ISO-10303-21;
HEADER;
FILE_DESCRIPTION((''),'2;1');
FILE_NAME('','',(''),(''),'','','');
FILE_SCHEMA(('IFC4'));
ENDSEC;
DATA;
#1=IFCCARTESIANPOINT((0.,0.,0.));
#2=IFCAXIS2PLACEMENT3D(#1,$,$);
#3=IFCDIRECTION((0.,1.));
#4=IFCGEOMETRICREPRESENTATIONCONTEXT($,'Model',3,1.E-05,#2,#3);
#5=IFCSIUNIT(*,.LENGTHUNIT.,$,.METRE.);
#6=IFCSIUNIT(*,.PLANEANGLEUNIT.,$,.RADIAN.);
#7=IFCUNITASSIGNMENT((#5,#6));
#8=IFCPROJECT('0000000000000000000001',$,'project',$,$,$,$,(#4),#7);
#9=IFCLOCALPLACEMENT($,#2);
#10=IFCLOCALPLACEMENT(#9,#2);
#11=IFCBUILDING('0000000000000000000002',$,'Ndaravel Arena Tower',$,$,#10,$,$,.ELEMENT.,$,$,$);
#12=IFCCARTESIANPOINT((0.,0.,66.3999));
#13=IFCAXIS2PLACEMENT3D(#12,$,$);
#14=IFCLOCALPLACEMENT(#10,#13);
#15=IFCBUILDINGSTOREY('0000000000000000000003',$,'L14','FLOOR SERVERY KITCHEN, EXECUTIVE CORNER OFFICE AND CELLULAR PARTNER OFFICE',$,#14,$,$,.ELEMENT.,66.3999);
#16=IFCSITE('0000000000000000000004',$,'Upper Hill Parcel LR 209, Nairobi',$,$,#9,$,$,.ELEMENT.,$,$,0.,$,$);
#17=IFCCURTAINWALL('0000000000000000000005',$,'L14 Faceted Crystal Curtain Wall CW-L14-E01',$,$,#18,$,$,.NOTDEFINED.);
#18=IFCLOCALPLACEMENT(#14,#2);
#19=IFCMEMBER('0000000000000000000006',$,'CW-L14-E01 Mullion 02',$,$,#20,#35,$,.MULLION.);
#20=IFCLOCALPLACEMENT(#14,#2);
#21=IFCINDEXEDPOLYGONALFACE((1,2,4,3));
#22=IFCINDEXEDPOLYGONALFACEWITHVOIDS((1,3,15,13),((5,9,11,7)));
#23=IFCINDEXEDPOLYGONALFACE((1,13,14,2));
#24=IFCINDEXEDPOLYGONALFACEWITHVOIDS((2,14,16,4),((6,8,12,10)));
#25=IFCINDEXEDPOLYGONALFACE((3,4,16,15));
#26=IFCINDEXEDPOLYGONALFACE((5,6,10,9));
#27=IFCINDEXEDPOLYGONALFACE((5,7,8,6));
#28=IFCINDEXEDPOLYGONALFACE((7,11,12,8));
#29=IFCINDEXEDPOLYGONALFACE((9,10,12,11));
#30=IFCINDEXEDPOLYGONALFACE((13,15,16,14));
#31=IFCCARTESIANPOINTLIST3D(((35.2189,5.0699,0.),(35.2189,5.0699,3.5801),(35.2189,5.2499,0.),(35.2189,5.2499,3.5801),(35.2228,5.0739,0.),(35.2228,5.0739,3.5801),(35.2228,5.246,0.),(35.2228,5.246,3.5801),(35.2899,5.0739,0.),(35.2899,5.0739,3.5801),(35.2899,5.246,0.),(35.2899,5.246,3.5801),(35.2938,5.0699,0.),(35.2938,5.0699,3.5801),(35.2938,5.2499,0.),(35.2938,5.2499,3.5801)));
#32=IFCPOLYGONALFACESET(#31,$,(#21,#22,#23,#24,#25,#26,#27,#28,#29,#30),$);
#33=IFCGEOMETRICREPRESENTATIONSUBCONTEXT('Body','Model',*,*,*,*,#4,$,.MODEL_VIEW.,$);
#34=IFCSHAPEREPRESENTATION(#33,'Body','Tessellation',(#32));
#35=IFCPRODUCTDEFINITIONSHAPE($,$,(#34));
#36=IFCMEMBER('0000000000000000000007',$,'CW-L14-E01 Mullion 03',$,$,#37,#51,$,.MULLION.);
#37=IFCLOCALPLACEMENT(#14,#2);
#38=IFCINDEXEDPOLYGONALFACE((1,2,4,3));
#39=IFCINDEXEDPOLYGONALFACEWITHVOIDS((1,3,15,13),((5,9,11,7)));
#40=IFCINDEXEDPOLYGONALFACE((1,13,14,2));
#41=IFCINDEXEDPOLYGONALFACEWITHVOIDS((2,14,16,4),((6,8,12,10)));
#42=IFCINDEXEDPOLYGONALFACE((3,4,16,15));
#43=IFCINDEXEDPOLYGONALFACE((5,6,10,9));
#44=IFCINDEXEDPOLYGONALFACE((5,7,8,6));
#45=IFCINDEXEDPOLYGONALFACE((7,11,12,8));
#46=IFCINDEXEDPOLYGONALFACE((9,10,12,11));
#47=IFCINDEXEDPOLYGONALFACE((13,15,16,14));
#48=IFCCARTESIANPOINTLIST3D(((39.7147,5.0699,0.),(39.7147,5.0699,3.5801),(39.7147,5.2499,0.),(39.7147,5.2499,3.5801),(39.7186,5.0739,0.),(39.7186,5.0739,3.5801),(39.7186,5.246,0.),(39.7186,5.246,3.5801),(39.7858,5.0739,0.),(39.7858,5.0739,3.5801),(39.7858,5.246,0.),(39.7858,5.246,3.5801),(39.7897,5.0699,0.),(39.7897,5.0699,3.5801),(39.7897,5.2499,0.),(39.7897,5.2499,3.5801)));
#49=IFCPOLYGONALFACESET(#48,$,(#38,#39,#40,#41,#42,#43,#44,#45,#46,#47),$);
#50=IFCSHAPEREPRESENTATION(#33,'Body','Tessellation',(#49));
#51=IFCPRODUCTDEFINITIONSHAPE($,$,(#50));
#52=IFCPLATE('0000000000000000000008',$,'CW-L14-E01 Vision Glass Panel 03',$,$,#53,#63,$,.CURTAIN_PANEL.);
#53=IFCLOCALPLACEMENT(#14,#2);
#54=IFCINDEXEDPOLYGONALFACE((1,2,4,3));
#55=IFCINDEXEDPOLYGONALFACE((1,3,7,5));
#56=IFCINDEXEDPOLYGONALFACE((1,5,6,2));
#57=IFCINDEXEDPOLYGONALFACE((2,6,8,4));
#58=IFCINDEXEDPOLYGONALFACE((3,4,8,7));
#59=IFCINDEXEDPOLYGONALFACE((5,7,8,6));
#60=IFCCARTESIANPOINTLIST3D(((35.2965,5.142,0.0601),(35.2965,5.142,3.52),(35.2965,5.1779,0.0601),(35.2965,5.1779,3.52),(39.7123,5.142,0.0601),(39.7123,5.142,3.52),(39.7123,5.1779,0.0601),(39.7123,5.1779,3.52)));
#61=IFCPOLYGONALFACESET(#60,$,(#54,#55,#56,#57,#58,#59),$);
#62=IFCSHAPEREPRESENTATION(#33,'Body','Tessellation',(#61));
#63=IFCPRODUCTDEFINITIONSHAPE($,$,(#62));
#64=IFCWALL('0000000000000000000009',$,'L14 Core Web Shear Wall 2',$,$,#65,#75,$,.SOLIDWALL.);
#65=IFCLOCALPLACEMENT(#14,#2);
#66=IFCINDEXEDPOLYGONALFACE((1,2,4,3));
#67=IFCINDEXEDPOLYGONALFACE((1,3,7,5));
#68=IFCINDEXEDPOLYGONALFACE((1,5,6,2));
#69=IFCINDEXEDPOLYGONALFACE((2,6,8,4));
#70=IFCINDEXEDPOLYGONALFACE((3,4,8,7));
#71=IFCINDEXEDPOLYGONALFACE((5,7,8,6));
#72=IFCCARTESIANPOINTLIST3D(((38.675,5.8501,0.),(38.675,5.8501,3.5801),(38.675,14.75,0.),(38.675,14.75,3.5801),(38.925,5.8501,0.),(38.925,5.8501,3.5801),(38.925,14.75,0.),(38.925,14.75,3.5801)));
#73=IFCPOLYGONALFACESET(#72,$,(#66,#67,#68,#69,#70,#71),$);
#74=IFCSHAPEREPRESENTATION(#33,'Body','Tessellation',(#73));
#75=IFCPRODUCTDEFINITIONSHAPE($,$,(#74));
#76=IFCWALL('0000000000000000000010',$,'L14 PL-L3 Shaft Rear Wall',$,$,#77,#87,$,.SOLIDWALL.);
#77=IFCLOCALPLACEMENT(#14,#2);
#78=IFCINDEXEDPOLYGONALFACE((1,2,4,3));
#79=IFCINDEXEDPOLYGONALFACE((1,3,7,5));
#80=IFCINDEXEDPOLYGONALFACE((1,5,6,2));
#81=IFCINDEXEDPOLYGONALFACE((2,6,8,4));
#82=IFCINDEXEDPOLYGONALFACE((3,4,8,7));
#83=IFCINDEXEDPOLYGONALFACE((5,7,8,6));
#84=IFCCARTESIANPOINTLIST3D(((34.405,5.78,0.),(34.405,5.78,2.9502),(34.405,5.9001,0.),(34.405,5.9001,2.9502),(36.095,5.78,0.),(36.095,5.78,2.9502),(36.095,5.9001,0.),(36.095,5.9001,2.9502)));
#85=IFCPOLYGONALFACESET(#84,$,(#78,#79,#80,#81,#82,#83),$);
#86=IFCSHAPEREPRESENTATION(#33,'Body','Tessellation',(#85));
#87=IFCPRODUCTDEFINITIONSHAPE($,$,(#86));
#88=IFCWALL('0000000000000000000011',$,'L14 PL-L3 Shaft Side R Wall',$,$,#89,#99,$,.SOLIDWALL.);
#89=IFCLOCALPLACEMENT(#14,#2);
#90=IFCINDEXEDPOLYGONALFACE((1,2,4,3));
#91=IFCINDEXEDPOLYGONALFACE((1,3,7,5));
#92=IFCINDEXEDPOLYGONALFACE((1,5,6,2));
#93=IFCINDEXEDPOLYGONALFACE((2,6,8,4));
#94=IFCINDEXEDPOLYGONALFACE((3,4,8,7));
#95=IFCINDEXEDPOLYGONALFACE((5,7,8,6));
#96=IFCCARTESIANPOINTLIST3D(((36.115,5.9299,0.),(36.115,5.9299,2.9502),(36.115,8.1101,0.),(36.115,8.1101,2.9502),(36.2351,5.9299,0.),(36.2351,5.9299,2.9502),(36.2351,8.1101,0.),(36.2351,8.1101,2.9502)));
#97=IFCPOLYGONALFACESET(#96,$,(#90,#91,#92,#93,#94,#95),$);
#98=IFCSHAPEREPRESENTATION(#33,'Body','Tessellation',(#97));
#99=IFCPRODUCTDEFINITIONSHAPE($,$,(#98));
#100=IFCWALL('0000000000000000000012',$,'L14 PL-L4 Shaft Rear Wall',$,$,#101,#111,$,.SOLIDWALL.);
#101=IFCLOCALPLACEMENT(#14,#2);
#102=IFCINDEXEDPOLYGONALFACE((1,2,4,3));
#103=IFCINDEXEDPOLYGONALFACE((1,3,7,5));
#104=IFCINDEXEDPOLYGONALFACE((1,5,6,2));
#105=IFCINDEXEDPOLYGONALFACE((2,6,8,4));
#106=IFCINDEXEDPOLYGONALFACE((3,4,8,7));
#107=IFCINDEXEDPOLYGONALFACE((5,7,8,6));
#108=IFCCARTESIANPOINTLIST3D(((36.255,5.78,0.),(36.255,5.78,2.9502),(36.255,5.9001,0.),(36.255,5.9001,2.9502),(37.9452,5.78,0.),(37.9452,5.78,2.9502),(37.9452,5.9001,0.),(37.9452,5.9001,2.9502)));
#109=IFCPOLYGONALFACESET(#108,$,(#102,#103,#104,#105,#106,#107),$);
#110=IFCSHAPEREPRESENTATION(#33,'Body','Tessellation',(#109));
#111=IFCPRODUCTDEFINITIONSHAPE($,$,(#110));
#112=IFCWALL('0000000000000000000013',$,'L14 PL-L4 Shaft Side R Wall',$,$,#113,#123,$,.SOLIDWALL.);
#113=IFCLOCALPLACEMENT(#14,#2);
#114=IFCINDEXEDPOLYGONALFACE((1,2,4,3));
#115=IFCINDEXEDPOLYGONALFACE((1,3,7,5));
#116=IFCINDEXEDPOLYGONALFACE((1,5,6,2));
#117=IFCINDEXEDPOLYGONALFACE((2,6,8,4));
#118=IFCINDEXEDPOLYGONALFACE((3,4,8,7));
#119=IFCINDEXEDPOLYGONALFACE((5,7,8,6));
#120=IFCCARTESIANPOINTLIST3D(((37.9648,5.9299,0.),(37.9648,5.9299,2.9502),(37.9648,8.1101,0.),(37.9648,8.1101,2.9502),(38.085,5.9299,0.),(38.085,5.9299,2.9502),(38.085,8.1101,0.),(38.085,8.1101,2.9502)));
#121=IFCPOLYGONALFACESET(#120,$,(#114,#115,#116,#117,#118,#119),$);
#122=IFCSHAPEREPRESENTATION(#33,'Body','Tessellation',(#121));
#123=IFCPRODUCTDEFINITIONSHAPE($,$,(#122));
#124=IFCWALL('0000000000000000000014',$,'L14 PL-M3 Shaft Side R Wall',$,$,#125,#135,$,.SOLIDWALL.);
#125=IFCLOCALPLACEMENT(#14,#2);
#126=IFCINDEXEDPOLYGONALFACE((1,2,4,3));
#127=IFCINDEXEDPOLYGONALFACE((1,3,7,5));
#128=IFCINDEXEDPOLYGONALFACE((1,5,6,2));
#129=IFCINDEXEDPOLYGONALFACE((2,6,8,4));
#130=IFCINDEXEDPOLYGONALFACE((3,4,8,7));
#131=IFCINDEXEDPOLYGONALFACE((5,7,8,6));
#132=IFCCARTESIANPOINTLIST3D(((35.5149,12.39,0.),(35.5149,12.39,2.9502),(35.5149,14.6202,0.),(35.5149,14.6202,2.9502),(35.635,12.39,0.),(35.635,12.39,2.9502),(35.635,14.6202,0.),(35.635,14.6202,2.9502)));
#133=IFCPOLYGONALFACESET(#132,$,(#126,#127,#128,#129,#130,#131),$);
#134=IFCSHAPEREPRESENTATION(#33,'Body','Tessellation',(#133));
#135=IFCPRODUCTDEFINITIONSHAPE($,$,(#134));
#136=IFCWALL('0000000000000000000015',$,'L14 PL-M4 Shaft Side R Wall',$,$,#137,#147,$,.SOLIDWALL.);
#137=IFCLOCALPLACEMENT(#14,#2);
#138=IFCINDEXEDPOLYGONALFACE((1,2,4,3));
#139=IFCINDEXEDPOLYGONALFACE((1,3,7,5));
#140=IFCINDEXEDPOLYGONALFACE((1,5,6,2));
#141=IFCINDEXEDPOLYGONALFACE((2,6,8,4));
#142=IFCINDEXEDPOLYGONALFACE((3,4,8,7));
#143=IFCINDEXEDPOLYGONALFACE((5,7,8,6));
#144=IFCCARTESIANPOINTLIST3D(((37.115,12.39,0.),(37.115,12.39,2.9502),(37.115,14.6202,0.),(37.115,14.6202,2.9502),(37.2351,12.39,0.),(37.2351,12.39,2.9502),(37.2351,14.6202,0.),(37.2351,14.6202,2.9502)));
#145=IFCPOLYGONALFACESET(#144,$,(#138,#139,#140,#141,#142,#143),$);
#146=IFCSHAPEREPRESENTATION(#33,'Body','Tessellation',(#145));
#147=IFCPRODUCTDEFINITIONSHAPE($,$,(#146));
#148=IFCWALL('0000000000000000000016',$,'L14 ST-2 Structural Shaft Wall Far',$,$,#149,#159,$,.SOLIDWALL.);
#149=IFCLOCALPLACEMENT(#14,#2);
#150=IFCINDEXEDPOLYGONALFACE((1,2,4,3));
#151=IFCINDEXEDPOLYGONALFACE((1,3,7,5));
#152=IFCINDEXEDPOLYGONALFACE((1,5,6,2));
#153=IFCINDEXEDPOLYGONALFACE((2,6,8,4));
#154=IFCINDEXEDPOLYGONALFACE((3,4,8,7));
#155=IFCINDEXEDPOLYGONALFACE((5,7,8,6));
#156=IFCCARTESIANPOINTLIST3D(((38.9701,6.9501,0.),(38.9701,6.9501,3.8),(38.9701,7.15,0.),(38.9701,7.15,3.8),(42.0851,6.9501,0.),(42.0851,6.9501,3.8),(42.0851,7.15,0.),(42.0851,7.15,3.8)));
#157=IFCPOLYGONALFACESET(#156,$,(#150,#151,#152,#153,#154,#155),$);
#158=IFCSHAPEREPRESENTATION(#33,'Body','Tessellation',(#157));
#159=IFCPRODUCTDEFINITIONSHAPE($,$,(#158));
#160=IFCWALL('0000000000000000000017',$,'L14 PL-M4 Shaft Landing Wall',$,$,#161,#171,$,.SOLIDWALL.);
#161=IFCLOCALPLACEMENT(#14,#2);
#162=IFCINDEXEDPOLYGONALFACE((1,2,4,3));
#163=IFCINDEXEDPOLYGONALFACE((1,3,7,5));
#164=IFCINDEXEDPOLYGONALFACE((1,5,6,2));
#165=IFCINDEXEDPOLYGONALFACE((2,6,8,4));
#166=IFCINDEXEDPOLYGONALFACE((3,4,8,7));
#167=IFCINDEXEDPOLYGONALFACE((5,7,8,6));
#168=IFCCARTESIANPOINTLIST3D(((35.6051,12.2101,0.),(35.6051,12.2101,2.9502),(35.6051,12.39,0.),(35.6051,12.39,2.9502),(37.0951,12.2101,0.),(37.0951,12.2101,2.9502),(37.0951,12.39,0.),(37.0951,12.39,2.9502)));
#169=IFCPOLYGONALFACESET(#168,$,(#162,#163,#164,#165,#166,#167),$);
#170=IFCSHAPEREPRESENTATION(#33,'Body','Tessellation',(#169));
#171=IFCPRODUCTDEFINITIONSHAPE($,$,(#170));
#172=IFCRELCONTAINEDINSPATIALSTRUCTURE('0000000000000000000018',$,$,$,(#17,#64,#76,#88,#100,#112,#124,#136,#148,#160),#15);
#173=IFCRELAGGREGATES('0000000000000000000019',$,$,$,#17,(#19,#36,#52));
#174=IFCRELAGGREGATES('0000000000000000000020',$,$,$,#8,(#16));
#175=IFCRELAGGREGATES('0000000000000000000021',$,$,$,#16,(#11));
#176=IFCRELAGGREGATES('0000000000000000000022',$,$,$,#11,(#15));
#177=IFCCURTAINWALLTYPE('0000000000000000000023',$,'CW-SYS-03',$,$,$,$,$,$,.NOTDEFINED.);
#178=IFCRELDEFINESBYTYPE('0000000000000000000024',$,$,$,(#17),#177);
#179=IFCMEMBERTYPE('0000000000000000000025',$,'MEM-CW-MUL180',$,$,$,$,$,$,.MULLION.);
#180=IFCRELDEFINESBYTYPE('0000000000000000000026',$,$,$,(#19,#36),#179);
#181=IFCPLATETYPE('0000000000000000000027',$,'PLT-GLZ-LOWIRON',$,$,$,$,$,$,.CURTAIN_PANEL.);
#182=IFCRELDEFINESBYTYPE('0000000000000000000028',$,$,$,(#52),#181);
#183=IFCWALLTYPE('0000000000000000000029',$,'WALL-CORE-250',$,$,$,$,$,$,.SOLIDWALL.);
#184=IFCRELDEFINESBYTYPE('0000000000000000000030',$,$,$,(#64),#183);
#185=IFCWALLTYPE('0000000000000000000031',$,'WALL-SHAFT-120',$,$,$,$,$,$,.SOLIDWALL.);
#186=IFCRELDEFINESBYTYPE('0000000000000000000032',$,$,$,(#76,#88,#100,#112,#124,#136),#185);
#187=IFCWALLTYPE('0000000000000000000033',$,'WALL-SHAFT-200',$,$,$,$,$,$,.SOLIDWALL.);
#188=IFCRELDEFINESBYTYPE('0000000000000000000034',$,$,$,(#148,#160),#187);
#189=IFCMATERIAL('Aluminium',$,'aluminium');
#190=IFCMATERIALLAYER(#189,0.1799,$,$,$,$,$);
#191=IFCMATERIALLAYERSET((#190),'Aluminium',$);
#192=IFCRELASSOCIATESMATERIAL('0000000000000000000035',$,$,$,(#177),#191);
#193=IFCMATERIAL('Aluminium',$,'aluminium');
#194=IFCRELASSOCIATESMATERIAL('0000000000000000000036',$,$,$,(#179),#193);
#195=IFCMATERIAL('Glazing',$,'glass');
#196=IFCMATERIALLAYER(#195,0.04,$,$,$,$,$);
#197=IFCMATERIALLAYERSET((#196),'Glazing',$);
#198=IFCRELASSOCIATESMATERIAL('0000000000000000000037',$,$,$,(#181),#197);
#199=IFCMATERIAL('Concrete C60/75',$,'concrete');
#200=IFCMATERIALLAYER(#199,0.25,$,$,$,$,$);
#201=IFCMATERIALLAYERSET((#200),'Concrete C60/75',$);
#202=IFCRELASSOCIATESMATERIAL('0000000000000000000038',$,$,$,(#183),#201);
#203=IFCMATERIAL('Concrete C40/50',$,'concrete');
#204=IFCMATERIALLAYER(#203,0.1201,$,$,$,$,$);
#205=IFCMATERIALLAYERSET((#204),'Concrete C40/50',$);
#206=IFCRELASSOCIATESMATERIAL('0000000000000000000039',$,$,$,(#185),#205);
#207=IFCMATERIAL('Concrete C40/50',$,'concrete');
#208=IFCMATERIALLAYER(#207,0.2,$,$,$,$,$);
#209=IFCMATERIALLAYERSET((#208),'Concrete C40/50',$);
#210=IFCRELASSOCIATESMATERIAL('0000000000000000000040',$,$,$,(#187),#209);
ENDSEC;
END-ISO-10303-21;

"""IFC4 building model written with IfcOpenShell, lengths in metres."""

from ifc_helpers import new_model, si_unit, direction, frame, frame_2d, origin, origin_2d, place, context, subcontext, project, spatial, rectangle, hollow_rectangle, extrude, material, layer, layer_set, material_profile, profile_set, type_object, element, aggregate, save


model = new_model("IFC4")

# Units and contexts
model_context = context("Model", 3, precision=1e-05, world=origin(), true_north=direction((0.0, 1.0)))
body_context = subcontext(model_context, "Body", "Model", "MODEL_VIEW")
ifc_project = project(units=[si_unit("LENGTHUNIT", "METRE"), si_unit("PLANEANGLEUNIT", "RADIAN")], contexts=[model_context])

# Site, building, storey
site_placement = place(None, origin())
site = spatial("IfcSite", under=ifc_project, at=site_placement, Name="Upper Hill Parcel LR 209, Nairobi", CompositionType="ELEMENT", RefElevation=0.0)
building_placement = place(site_placement, origin())
building = spatial("IfcBuilding", under=site, at=building_placement, Name="Ndaravel Arena Tower", CompositionType="ELEMENT")
storey_placement = place(building_placement, frame((0.0, 0.0, 66.3999)))
storey = spatial("IfcBuildingStorey", under=building, at=storey_placement, Name="L14", Description="FLOOR SERVERY KITCHEN, EXECUTIVE CORNER OFFICE AND CELLULAR PARTNER OFFICE", CompositionType="ELEMENT", Elevation=66.3999)

# Curtain wall, members, plate
ifc_material_1 = material(Name="Aluminium", Category="aluminium")
ifc_layer_1 = layer(ifc_material_1, 0.1799)
ifc_layer_set_1 = layer_set([ifc_layer_1], Name="Aluminium")
curtain_wall_type = type_object("IfcCurtainWallType", Name="CW-SYS-03", PredefinedType="NOTDEFINED", material=ifc_layer_set_1)
curtain_wall_placement = place(storey_placement, origin())
curtain_wall = element("IfcCurtainWall", 1, at=curtain_wall_placement, inside=storey, type_object=curtain_wall_type, Name="L14 Faceted Crystal Curtain Wall CW-L14-E01", PredefinedType="NOTDEFINED")
ifc_material_2 = material(Name="Aluminium", Category="aluminium")
ifc_material_profile = material_profile(ifc_material_2, hollow_rectangle(XDim=0.075, YDim=0.1799, WallThickness=0.0039, at=origin_2d()), Name="CW MULLION 75x180x4")
ifc_profile_set = profile_set([ifc_material_profile], Name="Aluminium")
member_type = type_object("IfcMemberType", Name="MEM-CW-MUL180", PredefinedType="MULLION", material=ifc_profile_set)
member_1_placement = place(storey_placement, frame((35.2563, 5.1599, 0.0), z_axis=(0.0, 0.0, 1.0), x_axis=(1.0, 0.0, 0.0)))
member_1 = element("IfcMember", 2, at=member_1_placement, type_object=member_type, Name="CW-L14-E01 Mullion 02", PredefinedType="MULLION", context=body_context, shape_type="SweptSolid", body=[
    extrude(hollow_rectangle(XDim=0.075, YDim=0.1799, WallThickness=0.0039, at=origin_2d()), origin(), (0.0, 0.0, 1.0), 3.5801),
])
member_2_placement = place(storey_placement, frame((39.7522, 5.1599, 0.0), z_axis=(0.0, 0.0, 1.0), x_axis=(1.0, 0.0, 0.0)))
member_2 = element("IfcMember", 3, at=member_2_placement, type_object=member_type, Name="CW-L14-E01 Mullion 03", PredefinedType="MULLION", context=body_context, shape_type="SweptSolid", body=[
    extrude(hollow_rectangle(XDim=0.075, YDim=0.1799, WallThickness=0.0039, at=origin_2d()), origin(), (0.0, 0.0, 1.0), 3.5801),
])
ifc_material_3 = material(Name="Glazing", Category="glass")
ifc_layer_2 = layer(ifc_material_3, 0.04)
ifc_layer_set_2 = layer_set([ifc_layer_2], Name="Glazing")
plate_type = type_object("IfcPlateType", Name="PLT-GLZ-LOWIRON", PredefinedType="CURTAIN_PANEL", material=ifc_layer_set_2)
plate_placement = place(storey_placement, frame((37.5044, 5.1599, 0.0601), z_axis=(0.0, 0.0, 1.0), x_axis=(1.0, 0.0, 0.0)))
plate = element("IfcPlate", 4, at=plate_placement, type_object=plate_type, Name="CW-L14-E01 Vision Glass Panel 03", PredefinedType="CURTAIN_PANEL", context=body_context, shape_type="SweptSolid", body=[
    extrude(rectangle(XDim=4.4158, YDim=0.0359, at=origin_2d()), origin(), (0.0, 0.0, 1.0), 3.46),
])
aggregate(curtain_wall, [member_1, member_2, plate])

# Walls
ifc_material_4 = material(Name="Concrete C60/75", Category="concrete")
ifc_layer_3 = layer(ifc_material_4, 0.25)
ifc_layer_set_3 = layer_set([ifc_layer_3], Name="Concrete C60/75")
wall_type_1 = type_object("IfcWallType", Name="WALL-CORE-250", PredefinedType="SOLIDWALL", material=ifc_layer_set_3)
wall_1_placement = place(storey_placement, frame((38.8, 5.8501, 0.0), z_axis=(0.0, 0.0, 1.0), x_axis=(0.0, 1.0, 0.0)))
element("IfcWall", 5, at=wall_1_placement, inside=storey, type_object=wall_type_1, Name="L14 Core Web Shear Wall 2", PredefinedType="SOLIDWALL", context=body_context, shape_type="SweptSolid", body=[
    extrude(rectangle(XDim=8.8999, YDim=0.25, at=frame_2d((4.45, 0.0))), origin(), (0.0, 0.0, 1.0), 3.5801),
])
ifc_material_5 = material(Name="Concrete C40/50", Category="concrete")
ifc_layer_4 = layer(ifc_material_5, 0.1201)
ifc_layer_set_4 = layer_set([ifc_layer_4], Name="Concrete C40/50")
wall_type_2 = type_object("IfcWallType", Name="WALL-SHAFT-120", PredefinedType="SOLIDWALL", material=ifc_layer_set_4)
wall_2_placement = place(storey_placement, frame((34.405, 5.8401, 0.0), z_axis=(0.0, 0.0, 1.0), x_axis=(1.0, 0.0, 0.0)))
element("IfcWall", 6, at=wall_2_placement, inside=storey, type_object=wall_type_2, Name="L14 PL-L3 Shaft Rear Wall", PredefinedType="SOLIDWALL", context=body_context, shape_type="SweptSolid", body=[
    extrude(rectangle(XDim=1.6899, YDim=0.1201, at=frame_2d((0.845, 0.0))), origin(), (0.0, 0.0, 1.0), 2.9502),
])
wall_3_placement = place(storey_placement, frame((36.175, 5.9299, 0.0), z_axis=(0.0, 0.0, 1.0), x_axis=(0.0, 1.0, 0.0)))
element("IfcWall", 7, at=wall_3_placement, inside=storey, type_object=wall_type_2, Name="L14 PL-L3 Shaft Side R Wall", PredefinedType="SOLIDWALL", context=body_context, shape_type="SweptSolid", body=[
    extrude(rectangle(XDim=2.1802, YDim=0.1201, at=frame_2d((1.0901, 0.0))), origin(), (0.0, 0.0, 1.0), 2.9502),
])
wall_4_placement = place(storey_placement, frame((36.2549, 5.8401, 0.0), z_axis=(0.0, 0.0, 1.0), x_axis=(1.0, 0.0, 0.0)))
element("IfcWall", 8, at=wall_4_placement, inside=storey, type_object=wall_type_2, Name="L14 PL-L4 Shaft Rear Wall", PredefinedType="SOLIDWALL", context=body_context, shape_type="SweptSolid", body=[
    extrude(rectangle(XDim=1.6902, YDim=0.1201, at=frame_2d((0.8452, 0.0))), origin(), (0.0, 0.0, 1.0), 2.9502),
])
wall_5_placement = place(storey_placement, frame((38.0249, 5.9299, 0.0), z_axis=(0.0, 0.0, 1.0), x_axis=(0.0, 1.0, 0.0)))
element("IfcWall", 9, at=wall_5_placement, inside=storey, type_object=wall_type_2, Name="L14 PL-L4 Shaft Side R Wall", PredefinedType="SOLIDWALL", context=body_context, shape_type="SweptSolid", body=[
    extrude(rectangle(XDim=2.1802, YDim=0.1201, at=frame_2d((1.0901, 0.0))), origin(), (0.0, 0.0, 1.0), 2.9502),
])
for number, where, z_axis, x_axis, name in (
    (10, (35.575, 12.3899, 0.0), (0.0, 0.0, 1.0), (0.0, 1.0, 0.0), "L14 PL-M3 Shaft Side R Wall"),
    (11, (37.175, 12.3899, 0.0), (0.0, 0.0, 1.0), (0.0, 1.0, 0.0), "L14 PL-M4 Shaft Side R Wall"),
):
    element("IfcWall", number, at=place(storey_placement, frame(where, z_axis=z_axis, x_axis=x_axis)), inside=storey, type_object=wall_type_2, Name=name, PredefinedType="SOLIDWALL", context=body_context, shape_type="SweptSolid", body=[
        extrude(rectangle(XDim=2.2302, YDim=0.1201, at=frame_2d((1.1152, 0.0))), origin(), (0.0, 0.0, 1.0), 2.9502),
    ])
ifc_material_6 = material(Name="Concrete C40/50", Category="concrete")
ifc_layer_5 = layer(ifc_material_6, 0.2)
ifc_layer_set_5 = layer_set([ifc_layer_5], Name="Concrete C40/50")
wall_type_3 = type_object("IfcWallType", Name="WALL-SHAFT-200", PredefinedType="SOLIDWALL", material=ifc_layer_set_5)
wall_6_placement = place(storey_placement, frame((38.97, 7.05, 0.0), z_axis=(0.0, 0.0, 1.0), x_axis=(1.0, 0.0, 0.0)))
element("IfcWall", 12, at=wall_6_placement, inside=storey, type_object=wall_type_3, Name="L14 ST-2 Structural Shaft Wall Far", PredefinedType="SOLIDWALL", context=body_context, shape_type="SweptSolid", body=[
    extrude(rectangle(XDim=3.115, YDim=0.2, at=frame_2d((1.5576, 0.0))), origin(), (0.0, 0.0, 1.0), 3.8),
])

# Wall
wall_7_placement = place(storey_placement, frame((35.605, 12.3, 0.0), z_axis=(0.0, 0.0, 1.0), x_axis=(1.0, 0.0, 0.0)))
element("IfcWall", 13, at=wall_7_placement, inside=storey, type_object=wall_type_3, Name="L14 PL-M4 Shaft Landing Wall", PredefinedType="SOLIDWALL", context=body_context, shape_type="SweptSolid", body=[
    extrude(rectangle(XDim=1.49, YDim=0.1799, at=frame_2d((0.7451, 0.0))), origin(), (0.0, 0.0, 1.0), 2.9502),
])

save(model, "model.ifc")
